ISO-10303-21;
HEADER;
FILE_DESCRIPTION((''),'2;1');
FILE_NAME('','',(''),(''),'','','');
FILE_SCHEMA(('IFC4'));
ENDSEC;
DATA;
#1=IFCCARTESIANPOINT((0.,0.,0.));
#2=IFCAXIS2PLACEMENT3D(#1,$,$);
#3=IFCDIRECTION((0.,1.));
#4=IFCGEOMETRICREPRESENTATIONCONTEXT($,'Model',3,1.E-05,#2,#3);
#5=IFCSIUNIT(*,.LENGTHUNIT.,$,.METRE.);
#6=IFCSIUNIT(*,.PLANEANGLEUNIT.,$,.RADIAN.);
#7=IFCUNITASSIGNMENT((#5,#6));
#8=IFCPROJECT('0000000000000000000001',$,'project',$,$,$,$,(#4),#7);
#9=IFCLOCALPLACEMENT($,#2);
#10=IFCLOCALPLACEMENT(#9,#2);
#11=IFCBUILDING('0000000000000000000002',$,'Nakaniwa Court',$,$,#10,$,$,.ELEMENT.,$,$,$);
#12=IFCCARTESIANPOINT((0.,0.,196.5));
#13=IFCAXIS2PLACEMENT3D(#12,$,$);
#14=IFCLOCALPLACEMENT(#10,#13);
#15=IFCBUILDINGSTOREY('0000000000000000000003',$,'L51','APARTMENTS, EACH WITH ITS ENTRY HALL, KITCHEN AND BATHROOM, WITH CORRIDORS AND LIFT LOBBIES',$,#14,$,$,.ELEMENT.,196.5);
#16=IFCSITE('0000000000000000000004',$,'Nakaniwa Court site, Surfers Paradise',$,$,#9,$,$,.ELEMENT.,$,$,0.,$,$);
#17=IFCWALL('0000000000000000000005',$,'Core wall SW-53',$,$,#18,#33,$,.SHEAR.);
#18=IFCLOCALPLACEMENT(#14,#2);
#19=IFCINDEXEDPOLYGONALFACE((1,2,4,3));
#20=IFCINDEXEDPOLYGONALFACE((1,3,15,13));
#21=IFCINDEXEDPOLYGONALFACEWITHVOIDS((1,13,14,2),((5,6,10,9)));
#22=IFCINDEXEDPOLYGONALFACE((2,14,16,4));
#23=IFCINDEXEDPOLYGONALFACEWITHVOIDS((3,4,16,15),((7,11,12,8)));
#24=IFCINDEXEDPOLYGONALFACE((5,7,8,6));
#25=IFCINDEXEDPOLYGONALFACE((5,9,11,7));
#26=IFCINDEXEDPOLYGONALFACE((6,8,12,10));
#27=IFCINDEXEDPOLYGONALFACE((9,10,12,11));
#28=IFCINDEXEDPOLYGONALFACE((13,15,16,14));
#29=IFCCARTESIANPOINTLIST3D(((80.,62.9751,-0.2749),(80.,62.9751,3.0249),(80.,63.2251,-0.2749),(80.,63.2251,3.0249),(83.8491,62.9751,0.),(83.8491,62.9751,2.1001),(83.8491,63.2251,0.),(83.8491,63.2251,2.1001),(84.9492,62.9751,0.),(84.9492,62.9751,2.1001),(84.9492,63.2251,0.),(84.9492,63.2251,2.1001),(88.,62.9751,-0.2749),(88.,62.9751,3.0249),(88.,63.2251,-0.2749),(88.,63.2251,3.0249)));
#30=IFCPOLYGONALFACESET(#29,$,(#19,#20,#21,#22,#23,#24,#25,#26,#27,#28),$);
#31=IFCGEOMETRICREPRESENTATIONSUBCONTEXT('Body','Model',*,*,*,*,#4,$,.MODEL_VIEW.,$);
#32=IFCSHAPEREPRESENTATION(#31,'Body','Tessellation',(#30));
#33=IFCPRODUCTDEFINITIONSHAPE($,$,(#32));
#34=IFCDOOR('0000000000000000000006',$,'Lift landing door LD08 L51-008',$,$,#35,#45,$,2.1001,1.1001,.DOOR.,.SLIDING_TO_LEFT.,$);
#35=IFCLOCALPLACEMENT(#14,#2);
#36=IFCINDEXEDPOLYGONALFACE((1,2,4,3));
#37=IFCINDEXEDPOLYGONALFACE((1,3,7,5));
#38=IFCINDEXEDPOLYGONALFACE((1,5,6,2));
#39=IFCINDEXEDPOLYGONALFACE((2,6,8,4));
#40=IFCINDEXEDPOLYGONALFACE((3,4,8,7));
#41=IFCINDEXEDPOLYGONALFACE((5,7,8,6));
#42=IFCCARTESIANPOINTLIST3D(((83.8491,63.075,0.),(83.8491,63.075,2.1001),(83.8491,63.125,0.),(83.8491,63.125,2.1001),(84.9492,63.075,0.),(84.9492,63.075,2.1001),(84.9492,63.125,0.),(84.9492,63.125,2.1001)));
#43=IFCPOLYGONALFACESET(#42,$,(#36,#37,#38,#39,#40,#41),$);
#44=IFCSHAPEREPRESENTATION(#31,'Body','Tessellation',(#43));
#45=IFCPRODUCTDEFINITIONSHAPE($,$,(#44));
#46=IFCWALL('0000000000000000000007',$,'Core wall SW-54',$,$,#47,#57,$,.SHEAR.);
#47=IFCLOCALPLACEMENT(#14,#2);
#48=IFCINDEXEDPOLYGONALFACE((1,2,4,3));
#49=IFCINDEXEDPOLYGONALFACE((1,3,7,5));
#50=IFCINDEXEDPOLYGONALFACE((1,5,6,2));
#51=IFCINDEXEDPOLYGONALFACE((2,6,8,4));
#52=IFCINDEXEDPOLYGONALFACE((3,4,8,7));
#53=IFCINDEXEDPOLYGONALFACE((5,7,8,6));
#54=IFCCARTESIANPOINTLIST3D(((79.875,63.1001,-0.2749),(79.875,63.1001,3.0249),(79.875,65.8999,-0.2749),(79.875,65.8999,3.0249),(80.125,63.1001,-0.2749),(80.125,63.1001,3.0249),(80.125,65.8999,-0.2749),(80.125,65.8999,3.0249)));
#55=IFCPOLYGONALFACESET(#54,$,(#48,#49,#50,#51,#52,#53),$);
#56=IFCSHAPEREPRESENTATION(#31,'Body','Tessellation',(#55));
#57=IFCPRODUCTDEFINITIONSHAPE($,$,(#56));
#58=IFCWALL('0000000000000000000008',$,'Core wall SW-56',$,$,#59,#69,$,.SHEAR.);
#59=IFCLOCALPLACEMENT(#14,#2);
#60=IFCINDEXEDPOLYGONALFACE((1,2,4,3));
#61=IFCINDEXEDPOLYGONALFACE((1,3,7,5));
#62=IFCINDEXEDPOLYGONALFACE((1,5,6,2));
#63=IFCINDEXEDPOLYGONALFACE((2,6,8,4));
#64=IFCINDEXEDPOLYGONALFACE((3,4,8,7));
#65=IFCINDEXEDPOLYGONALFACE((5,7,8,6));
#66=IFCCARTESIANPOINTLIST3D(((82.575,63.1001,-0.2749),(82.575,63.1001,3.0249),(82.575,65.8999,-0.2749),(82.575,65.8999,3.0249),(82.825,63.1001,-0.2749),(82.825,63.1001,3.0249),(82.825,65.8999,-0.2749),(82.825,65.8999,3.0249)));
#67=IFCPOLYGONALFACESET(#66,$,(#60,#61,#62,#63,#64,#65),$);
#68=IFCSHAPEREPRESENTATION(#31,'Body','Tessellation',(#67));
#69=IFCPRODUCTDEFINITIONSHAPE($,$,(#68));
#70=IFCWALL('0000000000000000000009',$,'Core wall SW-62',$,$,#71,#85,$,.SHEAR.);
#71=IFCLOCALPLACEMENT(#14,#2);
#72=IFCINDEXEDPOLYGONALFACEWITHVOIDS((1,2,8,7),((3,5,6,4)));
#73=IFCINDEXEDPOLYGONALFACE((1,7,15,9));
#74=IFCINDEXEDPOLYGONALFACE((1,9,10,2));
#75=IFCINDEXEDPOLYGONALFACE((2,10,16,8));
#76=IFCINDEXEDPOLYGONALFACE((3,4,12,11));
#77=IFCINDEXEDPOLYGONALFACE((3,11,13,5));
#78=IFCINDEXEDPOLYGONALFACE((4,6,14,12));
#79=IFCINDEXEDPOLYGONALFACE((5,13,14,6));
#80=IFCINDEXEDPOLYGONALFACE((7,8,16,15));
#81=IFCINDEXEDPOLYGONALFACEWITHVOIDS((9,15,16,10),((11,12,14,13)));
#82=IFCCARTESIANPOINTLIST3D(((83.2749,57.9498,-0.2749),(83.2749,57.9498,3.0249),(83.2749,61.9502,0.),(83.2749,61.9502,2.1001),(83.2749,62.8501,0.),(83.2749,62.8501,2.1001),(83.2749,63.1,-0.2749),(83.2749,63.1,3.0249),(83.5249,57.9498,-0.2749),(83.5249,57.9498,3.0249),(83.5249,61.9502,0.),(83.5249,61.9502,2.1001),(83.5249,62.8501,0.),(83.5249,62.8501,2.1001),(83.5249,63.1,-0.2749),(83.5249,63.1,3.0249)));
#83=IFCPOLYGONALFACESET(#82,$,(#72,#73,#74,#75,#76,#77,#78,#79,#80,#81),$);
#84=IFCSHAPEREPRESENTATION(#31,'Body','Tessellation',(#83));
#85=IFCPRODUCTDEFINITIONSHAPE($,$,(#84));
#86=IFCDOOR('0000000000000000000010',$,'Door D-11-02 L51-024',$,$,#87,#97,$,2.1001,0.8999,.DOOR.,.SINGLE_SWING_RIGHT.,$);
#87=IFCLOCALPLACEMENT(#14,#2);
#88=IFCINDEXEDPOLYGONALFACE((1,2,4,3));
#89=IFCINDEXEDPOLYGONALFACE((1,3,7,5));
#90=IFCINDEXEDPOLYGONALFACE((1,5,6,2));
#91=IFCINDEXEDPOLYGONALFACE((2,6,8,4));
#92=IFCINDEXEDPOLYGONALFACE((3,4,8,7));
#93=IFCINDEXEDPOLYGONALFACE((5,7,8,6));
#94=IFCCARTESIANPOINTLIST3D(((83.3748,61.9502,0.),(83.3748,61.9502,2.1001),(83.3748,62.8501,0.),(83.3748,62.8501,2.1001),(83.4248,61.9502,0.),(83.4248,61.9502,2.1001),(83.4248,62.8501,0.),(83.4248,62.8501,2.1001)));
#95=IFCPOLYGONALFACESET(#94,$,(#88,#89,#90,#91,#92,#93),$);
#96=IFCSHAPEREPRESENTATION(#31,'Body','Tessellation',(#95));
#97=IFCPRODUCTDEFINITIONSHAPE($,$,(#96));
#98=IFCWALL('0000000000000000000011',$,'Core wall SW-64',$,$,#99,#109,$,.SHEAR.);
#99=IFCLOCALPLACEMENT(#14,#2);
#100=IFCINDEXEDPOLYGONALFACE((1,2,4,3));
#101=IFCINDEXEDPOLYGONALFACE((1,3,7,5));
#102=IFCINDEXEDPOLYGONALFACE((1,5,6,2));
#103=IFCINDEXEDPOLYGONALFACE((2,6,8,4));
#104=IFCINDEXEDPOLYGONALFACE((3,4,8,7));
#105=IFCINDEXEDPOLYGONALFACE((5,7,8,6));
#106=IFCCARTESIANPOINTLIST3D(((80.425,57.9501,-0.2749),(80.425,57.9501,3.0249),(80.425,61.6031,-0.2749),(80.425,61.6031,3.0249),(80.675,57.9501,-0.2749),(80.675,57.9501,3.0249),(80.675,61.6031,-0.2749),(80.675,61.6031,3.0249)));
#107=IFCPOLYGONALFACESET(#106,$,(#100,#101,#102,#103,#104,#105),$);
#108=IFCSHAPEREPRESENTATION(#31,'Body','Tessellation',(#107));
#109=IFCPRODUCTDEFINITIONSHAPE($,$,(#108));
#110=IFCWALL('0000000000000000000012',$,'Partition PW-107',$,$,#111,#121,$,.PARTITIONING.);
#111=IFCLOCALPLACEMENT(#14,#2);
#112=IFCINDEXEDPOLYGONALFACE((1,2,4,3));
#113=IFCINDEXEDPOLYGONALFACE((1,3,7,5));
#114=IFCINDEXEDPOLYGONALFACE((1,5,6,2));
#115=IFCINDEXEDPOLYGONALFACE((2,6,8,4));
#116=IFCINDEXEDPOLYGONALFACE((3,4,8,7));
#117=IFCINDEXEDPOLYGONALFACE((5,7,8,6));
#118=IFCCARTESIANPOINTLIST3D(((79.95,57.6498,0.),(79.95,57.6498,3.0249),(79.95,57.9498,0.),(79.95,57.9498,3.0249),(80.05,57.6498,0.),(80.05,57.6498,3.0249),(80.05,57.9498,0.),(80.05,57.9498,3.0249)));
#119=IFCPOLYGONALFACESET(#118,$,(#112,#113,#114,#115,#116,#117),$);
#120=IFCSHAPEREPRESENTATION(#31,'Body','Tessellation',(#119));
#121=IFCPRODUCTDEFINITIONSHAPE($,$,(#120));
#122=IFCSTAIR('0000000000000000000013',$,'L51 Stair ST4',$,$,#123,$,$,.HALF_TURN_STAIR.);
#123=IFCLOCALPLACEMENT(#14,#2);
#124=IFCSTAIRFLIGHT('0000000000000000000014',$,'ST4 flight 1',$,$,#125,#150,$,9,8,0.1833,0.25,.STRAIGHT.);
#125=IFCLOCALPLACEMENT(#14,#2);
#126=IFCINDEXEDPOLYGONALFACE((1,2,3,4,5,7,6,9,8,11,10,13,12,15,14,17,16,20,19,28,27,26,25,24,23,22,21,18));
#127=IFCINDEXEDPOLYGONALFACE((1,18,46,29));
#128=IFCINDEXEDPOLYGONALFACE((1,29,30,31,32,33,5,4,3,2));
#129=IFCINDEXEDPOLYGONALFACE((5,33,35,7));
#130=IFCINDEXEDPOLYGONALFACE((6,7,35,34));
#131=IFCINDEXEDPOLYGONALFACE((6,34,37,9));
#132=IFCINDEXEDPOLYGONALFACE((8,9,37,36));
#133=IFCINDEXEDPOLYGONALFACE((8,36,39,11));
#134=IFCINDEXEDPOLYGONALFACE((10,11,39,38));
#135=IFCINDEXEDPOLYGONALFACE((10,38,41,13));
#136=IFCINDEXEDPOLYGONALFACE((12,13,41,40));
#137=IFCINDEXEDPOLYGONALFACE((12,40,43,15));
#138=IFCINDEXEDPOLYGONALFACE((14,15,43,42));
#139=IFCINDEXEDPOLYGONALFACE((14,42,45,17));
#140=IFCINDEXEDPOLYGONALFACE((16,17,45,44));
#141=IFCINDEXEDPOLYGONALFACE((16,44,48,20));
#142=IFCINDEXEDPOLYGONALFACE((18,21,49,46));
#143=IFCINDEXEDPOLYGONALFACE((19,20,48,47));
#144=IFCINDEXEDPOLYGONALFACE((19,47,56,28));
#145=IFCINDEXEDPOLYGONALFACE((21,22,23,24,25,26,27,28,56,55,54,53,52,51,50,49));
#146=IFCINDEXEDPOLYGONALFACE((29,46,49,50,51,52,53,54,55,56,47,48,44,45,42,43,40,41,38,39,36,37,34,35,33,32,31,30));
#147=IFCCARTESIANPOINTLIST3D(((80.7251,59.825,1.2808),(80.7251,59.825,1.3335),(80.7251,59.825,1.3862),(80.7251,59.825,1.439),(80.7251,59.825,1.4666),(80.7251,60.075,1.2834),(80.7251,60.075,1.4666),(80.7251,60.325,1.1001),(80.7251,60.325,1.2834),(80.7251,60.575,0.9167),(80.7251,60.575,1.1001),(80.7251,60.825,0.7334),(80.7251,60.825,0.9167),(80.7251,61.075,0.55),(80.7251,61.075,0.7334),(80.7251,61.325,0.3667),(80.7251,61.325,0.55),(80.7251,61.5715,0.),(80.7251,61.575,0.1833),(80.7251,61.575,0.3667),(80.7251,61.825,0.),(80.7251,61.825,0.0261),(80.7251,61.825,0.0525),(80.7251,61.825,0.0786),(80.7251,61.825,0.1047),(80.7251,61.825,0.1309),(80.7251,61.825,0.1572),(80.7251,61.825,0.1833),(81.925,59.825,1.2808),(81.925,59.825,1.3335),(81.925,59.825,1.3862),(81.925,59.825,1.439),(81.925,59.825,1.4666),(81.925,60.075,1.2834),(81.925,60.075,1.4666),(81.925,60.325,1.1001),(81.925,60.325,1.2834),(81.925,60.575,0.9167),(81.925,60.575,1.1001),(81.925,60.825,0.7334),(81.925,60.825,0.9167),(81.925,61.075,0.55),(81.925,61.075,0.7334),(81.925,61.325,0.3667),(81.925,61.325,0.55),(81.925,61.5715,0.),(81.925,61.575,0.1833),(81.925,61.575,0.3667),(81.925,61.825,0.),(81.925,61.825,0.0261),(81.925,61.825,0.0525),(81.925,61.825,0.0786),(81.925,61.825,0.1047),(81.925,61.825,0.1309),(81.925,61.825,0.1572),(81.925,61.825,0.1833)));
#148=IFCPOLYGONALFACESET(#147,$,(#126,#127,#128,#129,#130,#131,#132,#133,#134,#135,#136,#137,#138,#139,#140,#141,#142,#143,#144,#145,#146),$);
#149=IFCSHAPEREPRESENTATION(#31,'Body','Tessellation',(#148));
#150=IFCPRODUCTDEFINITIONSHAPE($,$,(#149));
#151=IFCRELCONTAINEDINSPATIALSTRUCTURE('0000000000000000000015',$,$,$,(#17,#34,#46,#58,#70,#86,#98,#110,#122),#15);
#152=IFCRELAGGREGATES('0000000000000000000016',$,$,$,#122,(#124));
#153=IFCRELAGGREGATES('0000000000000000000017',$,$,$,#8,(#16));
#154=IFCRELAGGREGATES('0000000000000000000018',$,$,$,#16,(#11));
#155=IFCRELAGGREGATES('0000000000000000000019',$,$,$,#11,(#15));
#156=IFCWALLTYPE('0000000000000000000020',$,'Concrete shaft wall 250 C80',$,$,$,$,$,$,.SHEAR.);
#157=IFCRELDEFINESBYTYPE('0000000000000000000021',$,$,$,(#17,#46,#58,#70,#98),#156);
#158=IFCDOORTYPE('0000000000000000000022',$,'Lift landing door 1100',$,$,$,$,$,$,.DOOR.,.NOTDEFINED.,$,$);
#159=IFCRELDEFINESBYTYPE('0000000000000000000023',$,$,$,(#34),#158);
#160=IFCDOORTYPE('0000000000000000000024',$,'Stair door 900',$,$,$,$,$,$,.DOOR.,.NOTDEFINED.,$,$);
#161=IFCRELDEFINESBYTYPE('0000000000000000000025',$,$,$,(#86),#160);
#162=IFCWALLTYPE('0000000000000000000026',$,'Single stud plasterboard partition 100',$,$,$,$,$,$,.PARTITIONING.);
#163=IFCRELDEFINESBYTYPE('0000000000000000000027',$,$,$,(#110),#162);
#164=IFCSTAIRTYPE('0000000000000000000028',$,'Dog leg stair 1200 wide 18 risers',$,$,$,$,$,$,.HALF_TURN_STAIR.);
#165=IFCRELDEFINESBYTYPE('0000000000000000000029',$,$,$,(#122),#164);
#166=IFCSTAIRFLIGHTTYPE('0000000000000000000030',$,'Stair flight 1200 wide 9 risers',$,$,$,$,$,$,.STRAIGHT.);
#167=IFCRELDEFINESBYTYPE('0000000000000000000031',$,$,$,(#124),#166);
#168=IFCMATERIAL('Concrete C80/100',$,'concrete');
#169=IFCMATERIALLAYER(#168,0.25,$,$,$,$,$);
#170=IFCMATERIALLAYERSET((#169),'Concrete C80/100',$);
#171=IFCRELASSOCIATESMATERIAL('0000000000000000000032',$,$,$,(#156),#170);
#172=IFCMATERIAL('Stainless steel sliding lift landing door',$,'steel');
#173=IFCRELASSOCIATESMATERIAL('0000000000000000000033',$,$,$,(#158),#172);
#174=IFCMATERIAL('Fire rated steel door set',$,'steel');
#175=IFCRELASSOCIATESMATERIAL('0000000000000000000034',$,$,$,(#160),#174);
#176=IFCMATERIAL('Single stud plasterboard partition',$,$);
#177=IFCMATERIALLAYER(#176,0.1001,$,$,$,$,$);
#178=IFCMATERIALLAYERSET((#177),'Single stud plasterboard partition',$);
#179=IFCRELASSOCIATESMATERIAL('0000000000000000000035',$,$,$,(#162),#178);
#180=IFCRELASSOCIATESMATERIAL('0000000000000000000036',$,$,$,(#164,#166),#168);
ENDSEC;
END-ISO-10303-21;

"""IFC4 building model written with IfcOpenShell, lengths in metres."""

from ifc_helpers import new_model, si_unit, direction, frame, frame_2d, origin, place, context, subcontext, project, spatial, polyline, rectangle, outline, extrude, material, layer, layer_set, type_object, element, fill, aggregate, save


model = new_model("IFC4")

# Units and contexts
model_context = context("Model", 3, precision=1e-05, world=origin(), true_north=direction((0.0, 1.0)))
body_context = subcontext(model_context, "Body", "Model", "MODEL_VIEW")
ifc_project = project(units=[si_unit("LENGTHUNIT", "METRE"), si_unit("PLANEANGLEUNIT", "RADIAN")], contexts=[model_context])

# Site, building, storey
site_placement = place(None, origin())
site = spatial("IfcSite", under=ifc_project, at=site_placement, Name="Nakaniwa Court site, Surfers Paradise", CompositionType="ELEMENT", RefElevation=0.0)
building_placement = place(site_placement, origin())
building = spatial("IfcBuilding", under=site, at=building_placement, Name="Nakaniwa Court", CompositionType="ELEMENT")
storey_placement = place(building_placement, frame((0.0, 0.0, 196.5)))
storey = spatial("IfcBuildingStorey", under=building, at=storey_placement, Name="L51", Description="APARTMENTS, EACH WITH ITS ENTRY HALL, KITCHEN AND BATHROOM, WITH CORRIDORS AND LIFT LOBBIES", CompositionType="ELEMENT", Elevation=196.5)

# Shared definitions
ifc_material_1 = material(Name="Concrete C80/100", Category="concrete")

# Shared definitions
ifc_material_2 = material(Name="Fire rated steel door set", Category="steel")

# Wall, opening, door
ifc_layer_1 = layer(ifc_material_1, 0.25)
ifc_layer_set_1 = layer_set([ifc_layer_1], Name="Concrete C80/100")
wall_type_1 = type_object("IfcWallType", Name="Concrete shaft wall 250 C80", PredefinedType="SHEAR", material=ifc_layer_set_1)
wall_1_placement = place(storey_placement, frame((80.0, 63.1001, -0.2749), z_axis=(0.0, 0.0, 1.0), x_axis=(1.0, 0.0, 0.0)))
wall_1 = element("IfcWall", 1, at=wall_1_placement, inside=storey, type_object=wall_type_1, Name="Core wall SW-53", PredefinedType="SHEAR", context=body_context, shape_type="SweptSolid", body=[
    extrude(rectangle(XDim=8.0, YDim=0.25, at=frame_2d((4.0, 0.0))), origin(), (0.0, 0.0, 1.0), 3.2998),
])
opening_1_placement = place(wall_1_placement, frame((3.8491, 0.0, 0.2749)))
opening_1 = element("IfcOpeningElement", 2, at=opening_1_placement, cuts=wall_1, PredefinedType="OPENING", context=body_context, shape_type="SweptSolid", body=[
    extrude(rectangle(XDim=1.1001, YDim=2.1001, at=frame_2d((0.55, 1.05))), frame((0.0, 0.135, 0.0), z_axis=(0.0, -1.0, 0.0), x_axis=(1.0, 0.0, 0.0)), (0.0, 0.0, 1.0), 0.27),
])
ifc_material_3 = material(Name="Stainless steel sliding lift landing door", Category="steel")
door_type_1 = type_object("IfcDoorType", Name="Lift landing door 1100", OperationType="NOTDEFINED", PredefinedType="DOOR", material=ifc_material_3)
door_1_placement = place(opening_1_placement, origin())
door_1 = element("IfcDoor", 3, at=door_1_placement, inside=storey, type_object=door_type_1, Name="Lift landing door LD08 L51-008", OperationType="SLIDING_TO_LEFT", OverallHeight=2.1001, OverallWidth=1.1001, PredefinedType="DOOR", context=body_context, shape_type="SweptSolid", body=[
    extrude(rectangle(XDim=1.1001, YDim=2.1001, at=frame_2d((0.55, 1.05))), frame((0.0, 0.0249, 0.0), z_axis=(0.0, -1.0, 0.0), x_axis=(1.0, 0.0, 0.0)), (0.0, 0.0, 1.0), 0.05),
])
fill(opening_1, door_1)

# Walls
for number, where, z_axis, x_axis, name in (
    (4, (80.0, 63.1001, -0.2749), (0.0, 0.0, 1.0), (0.0, 1.0, 0.0), "Core wall SW-54"),
    (5, (82.7, 63.1001, -0.2749), (0.0, 0.0, 1.0), (0.0, 1.0, 0.0), "Core wall SW-56"),
):
    element("IfcWall", number, at=place(storey_placement, frame(where, z_axis=z_axis, x_axis=x_axis)), inside=storey, type_object=wall_type_1, Name=name, PredefinedType="SHEAR", context=body_context, shape_type="SweptSolid", body=[
        extrude(rectangle(XDim=2.7998, YDim=0.25, at=frame_2d((1.3999, 0.0))), origin(), (0.0, 0.0, 1.0), 3.2998),
    ])

# Wall, opening, door
wall_2_placement = place(storey_placement, frame((83.3999, 63.1001, -0.2749), z_axis=(0.0, 0.0, 1.0), x_axis=(0.0, -1.0, 0.0)))
wall_2 = element("IfcWall", 6, at=wall_2_placement, inside=storey, type_object=wall_type_1, Name="Core wall SW-62", PredefinedType="SHEAR", context=body_context, shape_type="SweptSolid", body=[
    extrude(rectangle(XDim=5.1501, YDim=0.25, at=frame_2d((2.5752, 0.0))), origin(), (0.0, 0.0, 1.0), 3.2998),
])
opening_2_placement = place(wall_2_placement, frame((0.25, 0.0, 0.2749)))
opening_2 = element("IfcOpeningElement", 7, at=opening_2_placement, cuts=wall_2, PredefinedType="OPENING", context=body_context, shape_type="SweptSolid", body=[
    extrude(rectangle(XDim=0.8999, YDim=2.1001, at=frame_2d((0.45, 1.05))), frame((0.0, 0.135, 0.0), z_axis=(0.0, -1.0, 0.0), x_axis=(1.0, 0.0, 0.0)), (0.0, 0.0, 1.0), 0.27),
])
door_type_2 = type_object("IfcDoorType", Name="Stair door 900", OperationType="NOTDEFINED", PredefinedType="DOOR", material=ifc_material_2)
door_2_placement = place(opening_2_placement, origin())
door_2 = element("IfcDoor", 8, at=door_2_placement, inside=storey, type_object=door_type_2, Name="Door D-11-02 L51-024", OperationType="SINGLE_SWING_RIGHT", OverallHeight=2.1001, OverallWidth=0.8999, PredefinedType="DOOR", context=body_context, shape_type="SweptSolid", body=[
    extrude(rectangle(XDim=0.8999, YDim=2.1001, at=frame_2d((0.45, 1.05))), frame((0.0, 0.0249, 0.0), z_axis=(0.0, -1.0, 0.0), x_axis=(1.0, 0.0, 0.0)), (0.0, 0.0, 1.0), 0.05),
])
fill(opening_2, door_2)

# Walls
wall_3_placement = place(storey_placement, frame((80.55, 57.95, -0.2749), z_axis=(0.0, 0.0, 1.0), x_axis=(0.0, 1.0, 0.0)))
element("IfcWall", 9, at=wall_3_placement, inside=storey, type_object=wall_type_1, Name="Core wall SW-64", PredefinedType="SHEAR", context=body_context, shape_type="SweptSolid", body=[
    extrude(rectangle(XDim=3.6531, YDim=0.25, at=frame_2d((1.8267, 0.0))), origin(), (0.0, 0.0, 1.0), 3.2998),
])
ifc_material_4 = material(Name="Single stud plasterboard partition")
ifc_layer_2 = layer(ifc_material_4, 0.1001)
ifc_layer_set_2 = layer_set([ifc_layer_2], Name="Single stud plasterboard partition")
wall_type_2 = type_object("IfcWallType", Name="Single stud plasterboard partition 100", PredefinedType="PARTITIONING", material=ifc_layer_set_2)
wall_4_placement = place(storey_placement, frame((80.0, 57.6499, 0.0), z_axis=(0.0, 0.0, 1.0), x_axis=(0.0, 1.0, 0.0)))
element("IfcWall", 10, at=wall_4_placement, inside=storey, type_object=wall_type_2, Name="Partition PW-107", PredefinedType="PARTITIONING", context=body_context, shape_type="SweptSolid", body=[
    extrude(rectangle(XDim=0.3, YDim=0.1001, at=frame_2d((0.1499, 0.0))), origin(), (0.0, 0.0, 1.0), 3.0249),
])

# Stair, stair flight
stair_type = type_object("IfcStairType", Name="Dog leg stair 1200 wide 18 risers", PredefinedType="HALF_TURN_STAIR", material=ifc_material_1)
stair_placement = place(storey_placement, origin())
stair = element("IfcStair", 11, at=stair_placement, inside=storey, type_object=stair_type, Name="L51 Stair ST4", PredefinedType="HALF_TURN_STAIR")
stair_flight_type = type_object("IfcStairFlightType", Name="Stair flight 1200 wide 9 risers", PredefinedType="STRAIGHT", material=ifc_material_1)
stair_flight_1_placement = place(storey_placement, frame((81.325, 61.825, 0.0), z_axis=(0.0, 0.0, 1.0), x_axis=(0.0, -1.0, 0.0)))
stair_flight_1 = element("IfcStairFlight", 12, at=stair_flight_1_placement, type_object=stair_flight_type, Name="ST4 flight 1", NumberOfRisers=9, NumberOfTreads=8, PredefinedType="STRAIGHT", RiserHeight=0.1833, TreadLength=0.25, context=body_context, shape_type="SweptSolid", body=[
    extrude(outline(polyline([(0.0, 0.0), (0.0, 0.0261), (0.0, 0.0525), (0.0, 0.0786), (0.0, 0.1047), (0.0, 0.1309), (0.0, 0.1572), (0.0, 0.1833), (0.25, 0.1833), (0.25, 0.3667), (0.5, 0.3667), (0.5, 0.55), (0.75, 0.55), (0.75, 0.7334), (1.0, 0.7334), (1.0, 0.9167), (1.25, 0.9167), (1.25, 1.1001), (1.5, 1.1001), (1.5, 1.2834), (1.75, 1.2834), (1.75, 1.4666), (2.0, 1.4666), (2.0, 1.6499), (2.0, 1.5972), (2.0, 1.5444), (2.0, 1.4917), (2.0, 1.439), (2.0, 1.3862), (2.0, 1.3335), (2.0, 1.2808), (0.2534, 0.0), (0.0, 0.0)])), frame((0.0, 0.6001, 0.0), z_axis=(0.0, -1.0, 0.0), x_axis=(1.0, 0.0, 0.0)), (0.0, 0.0, 1.0), 1.2),
])
aggregate(stair, [stair_flight_1])

save(model, "model.ifc")
